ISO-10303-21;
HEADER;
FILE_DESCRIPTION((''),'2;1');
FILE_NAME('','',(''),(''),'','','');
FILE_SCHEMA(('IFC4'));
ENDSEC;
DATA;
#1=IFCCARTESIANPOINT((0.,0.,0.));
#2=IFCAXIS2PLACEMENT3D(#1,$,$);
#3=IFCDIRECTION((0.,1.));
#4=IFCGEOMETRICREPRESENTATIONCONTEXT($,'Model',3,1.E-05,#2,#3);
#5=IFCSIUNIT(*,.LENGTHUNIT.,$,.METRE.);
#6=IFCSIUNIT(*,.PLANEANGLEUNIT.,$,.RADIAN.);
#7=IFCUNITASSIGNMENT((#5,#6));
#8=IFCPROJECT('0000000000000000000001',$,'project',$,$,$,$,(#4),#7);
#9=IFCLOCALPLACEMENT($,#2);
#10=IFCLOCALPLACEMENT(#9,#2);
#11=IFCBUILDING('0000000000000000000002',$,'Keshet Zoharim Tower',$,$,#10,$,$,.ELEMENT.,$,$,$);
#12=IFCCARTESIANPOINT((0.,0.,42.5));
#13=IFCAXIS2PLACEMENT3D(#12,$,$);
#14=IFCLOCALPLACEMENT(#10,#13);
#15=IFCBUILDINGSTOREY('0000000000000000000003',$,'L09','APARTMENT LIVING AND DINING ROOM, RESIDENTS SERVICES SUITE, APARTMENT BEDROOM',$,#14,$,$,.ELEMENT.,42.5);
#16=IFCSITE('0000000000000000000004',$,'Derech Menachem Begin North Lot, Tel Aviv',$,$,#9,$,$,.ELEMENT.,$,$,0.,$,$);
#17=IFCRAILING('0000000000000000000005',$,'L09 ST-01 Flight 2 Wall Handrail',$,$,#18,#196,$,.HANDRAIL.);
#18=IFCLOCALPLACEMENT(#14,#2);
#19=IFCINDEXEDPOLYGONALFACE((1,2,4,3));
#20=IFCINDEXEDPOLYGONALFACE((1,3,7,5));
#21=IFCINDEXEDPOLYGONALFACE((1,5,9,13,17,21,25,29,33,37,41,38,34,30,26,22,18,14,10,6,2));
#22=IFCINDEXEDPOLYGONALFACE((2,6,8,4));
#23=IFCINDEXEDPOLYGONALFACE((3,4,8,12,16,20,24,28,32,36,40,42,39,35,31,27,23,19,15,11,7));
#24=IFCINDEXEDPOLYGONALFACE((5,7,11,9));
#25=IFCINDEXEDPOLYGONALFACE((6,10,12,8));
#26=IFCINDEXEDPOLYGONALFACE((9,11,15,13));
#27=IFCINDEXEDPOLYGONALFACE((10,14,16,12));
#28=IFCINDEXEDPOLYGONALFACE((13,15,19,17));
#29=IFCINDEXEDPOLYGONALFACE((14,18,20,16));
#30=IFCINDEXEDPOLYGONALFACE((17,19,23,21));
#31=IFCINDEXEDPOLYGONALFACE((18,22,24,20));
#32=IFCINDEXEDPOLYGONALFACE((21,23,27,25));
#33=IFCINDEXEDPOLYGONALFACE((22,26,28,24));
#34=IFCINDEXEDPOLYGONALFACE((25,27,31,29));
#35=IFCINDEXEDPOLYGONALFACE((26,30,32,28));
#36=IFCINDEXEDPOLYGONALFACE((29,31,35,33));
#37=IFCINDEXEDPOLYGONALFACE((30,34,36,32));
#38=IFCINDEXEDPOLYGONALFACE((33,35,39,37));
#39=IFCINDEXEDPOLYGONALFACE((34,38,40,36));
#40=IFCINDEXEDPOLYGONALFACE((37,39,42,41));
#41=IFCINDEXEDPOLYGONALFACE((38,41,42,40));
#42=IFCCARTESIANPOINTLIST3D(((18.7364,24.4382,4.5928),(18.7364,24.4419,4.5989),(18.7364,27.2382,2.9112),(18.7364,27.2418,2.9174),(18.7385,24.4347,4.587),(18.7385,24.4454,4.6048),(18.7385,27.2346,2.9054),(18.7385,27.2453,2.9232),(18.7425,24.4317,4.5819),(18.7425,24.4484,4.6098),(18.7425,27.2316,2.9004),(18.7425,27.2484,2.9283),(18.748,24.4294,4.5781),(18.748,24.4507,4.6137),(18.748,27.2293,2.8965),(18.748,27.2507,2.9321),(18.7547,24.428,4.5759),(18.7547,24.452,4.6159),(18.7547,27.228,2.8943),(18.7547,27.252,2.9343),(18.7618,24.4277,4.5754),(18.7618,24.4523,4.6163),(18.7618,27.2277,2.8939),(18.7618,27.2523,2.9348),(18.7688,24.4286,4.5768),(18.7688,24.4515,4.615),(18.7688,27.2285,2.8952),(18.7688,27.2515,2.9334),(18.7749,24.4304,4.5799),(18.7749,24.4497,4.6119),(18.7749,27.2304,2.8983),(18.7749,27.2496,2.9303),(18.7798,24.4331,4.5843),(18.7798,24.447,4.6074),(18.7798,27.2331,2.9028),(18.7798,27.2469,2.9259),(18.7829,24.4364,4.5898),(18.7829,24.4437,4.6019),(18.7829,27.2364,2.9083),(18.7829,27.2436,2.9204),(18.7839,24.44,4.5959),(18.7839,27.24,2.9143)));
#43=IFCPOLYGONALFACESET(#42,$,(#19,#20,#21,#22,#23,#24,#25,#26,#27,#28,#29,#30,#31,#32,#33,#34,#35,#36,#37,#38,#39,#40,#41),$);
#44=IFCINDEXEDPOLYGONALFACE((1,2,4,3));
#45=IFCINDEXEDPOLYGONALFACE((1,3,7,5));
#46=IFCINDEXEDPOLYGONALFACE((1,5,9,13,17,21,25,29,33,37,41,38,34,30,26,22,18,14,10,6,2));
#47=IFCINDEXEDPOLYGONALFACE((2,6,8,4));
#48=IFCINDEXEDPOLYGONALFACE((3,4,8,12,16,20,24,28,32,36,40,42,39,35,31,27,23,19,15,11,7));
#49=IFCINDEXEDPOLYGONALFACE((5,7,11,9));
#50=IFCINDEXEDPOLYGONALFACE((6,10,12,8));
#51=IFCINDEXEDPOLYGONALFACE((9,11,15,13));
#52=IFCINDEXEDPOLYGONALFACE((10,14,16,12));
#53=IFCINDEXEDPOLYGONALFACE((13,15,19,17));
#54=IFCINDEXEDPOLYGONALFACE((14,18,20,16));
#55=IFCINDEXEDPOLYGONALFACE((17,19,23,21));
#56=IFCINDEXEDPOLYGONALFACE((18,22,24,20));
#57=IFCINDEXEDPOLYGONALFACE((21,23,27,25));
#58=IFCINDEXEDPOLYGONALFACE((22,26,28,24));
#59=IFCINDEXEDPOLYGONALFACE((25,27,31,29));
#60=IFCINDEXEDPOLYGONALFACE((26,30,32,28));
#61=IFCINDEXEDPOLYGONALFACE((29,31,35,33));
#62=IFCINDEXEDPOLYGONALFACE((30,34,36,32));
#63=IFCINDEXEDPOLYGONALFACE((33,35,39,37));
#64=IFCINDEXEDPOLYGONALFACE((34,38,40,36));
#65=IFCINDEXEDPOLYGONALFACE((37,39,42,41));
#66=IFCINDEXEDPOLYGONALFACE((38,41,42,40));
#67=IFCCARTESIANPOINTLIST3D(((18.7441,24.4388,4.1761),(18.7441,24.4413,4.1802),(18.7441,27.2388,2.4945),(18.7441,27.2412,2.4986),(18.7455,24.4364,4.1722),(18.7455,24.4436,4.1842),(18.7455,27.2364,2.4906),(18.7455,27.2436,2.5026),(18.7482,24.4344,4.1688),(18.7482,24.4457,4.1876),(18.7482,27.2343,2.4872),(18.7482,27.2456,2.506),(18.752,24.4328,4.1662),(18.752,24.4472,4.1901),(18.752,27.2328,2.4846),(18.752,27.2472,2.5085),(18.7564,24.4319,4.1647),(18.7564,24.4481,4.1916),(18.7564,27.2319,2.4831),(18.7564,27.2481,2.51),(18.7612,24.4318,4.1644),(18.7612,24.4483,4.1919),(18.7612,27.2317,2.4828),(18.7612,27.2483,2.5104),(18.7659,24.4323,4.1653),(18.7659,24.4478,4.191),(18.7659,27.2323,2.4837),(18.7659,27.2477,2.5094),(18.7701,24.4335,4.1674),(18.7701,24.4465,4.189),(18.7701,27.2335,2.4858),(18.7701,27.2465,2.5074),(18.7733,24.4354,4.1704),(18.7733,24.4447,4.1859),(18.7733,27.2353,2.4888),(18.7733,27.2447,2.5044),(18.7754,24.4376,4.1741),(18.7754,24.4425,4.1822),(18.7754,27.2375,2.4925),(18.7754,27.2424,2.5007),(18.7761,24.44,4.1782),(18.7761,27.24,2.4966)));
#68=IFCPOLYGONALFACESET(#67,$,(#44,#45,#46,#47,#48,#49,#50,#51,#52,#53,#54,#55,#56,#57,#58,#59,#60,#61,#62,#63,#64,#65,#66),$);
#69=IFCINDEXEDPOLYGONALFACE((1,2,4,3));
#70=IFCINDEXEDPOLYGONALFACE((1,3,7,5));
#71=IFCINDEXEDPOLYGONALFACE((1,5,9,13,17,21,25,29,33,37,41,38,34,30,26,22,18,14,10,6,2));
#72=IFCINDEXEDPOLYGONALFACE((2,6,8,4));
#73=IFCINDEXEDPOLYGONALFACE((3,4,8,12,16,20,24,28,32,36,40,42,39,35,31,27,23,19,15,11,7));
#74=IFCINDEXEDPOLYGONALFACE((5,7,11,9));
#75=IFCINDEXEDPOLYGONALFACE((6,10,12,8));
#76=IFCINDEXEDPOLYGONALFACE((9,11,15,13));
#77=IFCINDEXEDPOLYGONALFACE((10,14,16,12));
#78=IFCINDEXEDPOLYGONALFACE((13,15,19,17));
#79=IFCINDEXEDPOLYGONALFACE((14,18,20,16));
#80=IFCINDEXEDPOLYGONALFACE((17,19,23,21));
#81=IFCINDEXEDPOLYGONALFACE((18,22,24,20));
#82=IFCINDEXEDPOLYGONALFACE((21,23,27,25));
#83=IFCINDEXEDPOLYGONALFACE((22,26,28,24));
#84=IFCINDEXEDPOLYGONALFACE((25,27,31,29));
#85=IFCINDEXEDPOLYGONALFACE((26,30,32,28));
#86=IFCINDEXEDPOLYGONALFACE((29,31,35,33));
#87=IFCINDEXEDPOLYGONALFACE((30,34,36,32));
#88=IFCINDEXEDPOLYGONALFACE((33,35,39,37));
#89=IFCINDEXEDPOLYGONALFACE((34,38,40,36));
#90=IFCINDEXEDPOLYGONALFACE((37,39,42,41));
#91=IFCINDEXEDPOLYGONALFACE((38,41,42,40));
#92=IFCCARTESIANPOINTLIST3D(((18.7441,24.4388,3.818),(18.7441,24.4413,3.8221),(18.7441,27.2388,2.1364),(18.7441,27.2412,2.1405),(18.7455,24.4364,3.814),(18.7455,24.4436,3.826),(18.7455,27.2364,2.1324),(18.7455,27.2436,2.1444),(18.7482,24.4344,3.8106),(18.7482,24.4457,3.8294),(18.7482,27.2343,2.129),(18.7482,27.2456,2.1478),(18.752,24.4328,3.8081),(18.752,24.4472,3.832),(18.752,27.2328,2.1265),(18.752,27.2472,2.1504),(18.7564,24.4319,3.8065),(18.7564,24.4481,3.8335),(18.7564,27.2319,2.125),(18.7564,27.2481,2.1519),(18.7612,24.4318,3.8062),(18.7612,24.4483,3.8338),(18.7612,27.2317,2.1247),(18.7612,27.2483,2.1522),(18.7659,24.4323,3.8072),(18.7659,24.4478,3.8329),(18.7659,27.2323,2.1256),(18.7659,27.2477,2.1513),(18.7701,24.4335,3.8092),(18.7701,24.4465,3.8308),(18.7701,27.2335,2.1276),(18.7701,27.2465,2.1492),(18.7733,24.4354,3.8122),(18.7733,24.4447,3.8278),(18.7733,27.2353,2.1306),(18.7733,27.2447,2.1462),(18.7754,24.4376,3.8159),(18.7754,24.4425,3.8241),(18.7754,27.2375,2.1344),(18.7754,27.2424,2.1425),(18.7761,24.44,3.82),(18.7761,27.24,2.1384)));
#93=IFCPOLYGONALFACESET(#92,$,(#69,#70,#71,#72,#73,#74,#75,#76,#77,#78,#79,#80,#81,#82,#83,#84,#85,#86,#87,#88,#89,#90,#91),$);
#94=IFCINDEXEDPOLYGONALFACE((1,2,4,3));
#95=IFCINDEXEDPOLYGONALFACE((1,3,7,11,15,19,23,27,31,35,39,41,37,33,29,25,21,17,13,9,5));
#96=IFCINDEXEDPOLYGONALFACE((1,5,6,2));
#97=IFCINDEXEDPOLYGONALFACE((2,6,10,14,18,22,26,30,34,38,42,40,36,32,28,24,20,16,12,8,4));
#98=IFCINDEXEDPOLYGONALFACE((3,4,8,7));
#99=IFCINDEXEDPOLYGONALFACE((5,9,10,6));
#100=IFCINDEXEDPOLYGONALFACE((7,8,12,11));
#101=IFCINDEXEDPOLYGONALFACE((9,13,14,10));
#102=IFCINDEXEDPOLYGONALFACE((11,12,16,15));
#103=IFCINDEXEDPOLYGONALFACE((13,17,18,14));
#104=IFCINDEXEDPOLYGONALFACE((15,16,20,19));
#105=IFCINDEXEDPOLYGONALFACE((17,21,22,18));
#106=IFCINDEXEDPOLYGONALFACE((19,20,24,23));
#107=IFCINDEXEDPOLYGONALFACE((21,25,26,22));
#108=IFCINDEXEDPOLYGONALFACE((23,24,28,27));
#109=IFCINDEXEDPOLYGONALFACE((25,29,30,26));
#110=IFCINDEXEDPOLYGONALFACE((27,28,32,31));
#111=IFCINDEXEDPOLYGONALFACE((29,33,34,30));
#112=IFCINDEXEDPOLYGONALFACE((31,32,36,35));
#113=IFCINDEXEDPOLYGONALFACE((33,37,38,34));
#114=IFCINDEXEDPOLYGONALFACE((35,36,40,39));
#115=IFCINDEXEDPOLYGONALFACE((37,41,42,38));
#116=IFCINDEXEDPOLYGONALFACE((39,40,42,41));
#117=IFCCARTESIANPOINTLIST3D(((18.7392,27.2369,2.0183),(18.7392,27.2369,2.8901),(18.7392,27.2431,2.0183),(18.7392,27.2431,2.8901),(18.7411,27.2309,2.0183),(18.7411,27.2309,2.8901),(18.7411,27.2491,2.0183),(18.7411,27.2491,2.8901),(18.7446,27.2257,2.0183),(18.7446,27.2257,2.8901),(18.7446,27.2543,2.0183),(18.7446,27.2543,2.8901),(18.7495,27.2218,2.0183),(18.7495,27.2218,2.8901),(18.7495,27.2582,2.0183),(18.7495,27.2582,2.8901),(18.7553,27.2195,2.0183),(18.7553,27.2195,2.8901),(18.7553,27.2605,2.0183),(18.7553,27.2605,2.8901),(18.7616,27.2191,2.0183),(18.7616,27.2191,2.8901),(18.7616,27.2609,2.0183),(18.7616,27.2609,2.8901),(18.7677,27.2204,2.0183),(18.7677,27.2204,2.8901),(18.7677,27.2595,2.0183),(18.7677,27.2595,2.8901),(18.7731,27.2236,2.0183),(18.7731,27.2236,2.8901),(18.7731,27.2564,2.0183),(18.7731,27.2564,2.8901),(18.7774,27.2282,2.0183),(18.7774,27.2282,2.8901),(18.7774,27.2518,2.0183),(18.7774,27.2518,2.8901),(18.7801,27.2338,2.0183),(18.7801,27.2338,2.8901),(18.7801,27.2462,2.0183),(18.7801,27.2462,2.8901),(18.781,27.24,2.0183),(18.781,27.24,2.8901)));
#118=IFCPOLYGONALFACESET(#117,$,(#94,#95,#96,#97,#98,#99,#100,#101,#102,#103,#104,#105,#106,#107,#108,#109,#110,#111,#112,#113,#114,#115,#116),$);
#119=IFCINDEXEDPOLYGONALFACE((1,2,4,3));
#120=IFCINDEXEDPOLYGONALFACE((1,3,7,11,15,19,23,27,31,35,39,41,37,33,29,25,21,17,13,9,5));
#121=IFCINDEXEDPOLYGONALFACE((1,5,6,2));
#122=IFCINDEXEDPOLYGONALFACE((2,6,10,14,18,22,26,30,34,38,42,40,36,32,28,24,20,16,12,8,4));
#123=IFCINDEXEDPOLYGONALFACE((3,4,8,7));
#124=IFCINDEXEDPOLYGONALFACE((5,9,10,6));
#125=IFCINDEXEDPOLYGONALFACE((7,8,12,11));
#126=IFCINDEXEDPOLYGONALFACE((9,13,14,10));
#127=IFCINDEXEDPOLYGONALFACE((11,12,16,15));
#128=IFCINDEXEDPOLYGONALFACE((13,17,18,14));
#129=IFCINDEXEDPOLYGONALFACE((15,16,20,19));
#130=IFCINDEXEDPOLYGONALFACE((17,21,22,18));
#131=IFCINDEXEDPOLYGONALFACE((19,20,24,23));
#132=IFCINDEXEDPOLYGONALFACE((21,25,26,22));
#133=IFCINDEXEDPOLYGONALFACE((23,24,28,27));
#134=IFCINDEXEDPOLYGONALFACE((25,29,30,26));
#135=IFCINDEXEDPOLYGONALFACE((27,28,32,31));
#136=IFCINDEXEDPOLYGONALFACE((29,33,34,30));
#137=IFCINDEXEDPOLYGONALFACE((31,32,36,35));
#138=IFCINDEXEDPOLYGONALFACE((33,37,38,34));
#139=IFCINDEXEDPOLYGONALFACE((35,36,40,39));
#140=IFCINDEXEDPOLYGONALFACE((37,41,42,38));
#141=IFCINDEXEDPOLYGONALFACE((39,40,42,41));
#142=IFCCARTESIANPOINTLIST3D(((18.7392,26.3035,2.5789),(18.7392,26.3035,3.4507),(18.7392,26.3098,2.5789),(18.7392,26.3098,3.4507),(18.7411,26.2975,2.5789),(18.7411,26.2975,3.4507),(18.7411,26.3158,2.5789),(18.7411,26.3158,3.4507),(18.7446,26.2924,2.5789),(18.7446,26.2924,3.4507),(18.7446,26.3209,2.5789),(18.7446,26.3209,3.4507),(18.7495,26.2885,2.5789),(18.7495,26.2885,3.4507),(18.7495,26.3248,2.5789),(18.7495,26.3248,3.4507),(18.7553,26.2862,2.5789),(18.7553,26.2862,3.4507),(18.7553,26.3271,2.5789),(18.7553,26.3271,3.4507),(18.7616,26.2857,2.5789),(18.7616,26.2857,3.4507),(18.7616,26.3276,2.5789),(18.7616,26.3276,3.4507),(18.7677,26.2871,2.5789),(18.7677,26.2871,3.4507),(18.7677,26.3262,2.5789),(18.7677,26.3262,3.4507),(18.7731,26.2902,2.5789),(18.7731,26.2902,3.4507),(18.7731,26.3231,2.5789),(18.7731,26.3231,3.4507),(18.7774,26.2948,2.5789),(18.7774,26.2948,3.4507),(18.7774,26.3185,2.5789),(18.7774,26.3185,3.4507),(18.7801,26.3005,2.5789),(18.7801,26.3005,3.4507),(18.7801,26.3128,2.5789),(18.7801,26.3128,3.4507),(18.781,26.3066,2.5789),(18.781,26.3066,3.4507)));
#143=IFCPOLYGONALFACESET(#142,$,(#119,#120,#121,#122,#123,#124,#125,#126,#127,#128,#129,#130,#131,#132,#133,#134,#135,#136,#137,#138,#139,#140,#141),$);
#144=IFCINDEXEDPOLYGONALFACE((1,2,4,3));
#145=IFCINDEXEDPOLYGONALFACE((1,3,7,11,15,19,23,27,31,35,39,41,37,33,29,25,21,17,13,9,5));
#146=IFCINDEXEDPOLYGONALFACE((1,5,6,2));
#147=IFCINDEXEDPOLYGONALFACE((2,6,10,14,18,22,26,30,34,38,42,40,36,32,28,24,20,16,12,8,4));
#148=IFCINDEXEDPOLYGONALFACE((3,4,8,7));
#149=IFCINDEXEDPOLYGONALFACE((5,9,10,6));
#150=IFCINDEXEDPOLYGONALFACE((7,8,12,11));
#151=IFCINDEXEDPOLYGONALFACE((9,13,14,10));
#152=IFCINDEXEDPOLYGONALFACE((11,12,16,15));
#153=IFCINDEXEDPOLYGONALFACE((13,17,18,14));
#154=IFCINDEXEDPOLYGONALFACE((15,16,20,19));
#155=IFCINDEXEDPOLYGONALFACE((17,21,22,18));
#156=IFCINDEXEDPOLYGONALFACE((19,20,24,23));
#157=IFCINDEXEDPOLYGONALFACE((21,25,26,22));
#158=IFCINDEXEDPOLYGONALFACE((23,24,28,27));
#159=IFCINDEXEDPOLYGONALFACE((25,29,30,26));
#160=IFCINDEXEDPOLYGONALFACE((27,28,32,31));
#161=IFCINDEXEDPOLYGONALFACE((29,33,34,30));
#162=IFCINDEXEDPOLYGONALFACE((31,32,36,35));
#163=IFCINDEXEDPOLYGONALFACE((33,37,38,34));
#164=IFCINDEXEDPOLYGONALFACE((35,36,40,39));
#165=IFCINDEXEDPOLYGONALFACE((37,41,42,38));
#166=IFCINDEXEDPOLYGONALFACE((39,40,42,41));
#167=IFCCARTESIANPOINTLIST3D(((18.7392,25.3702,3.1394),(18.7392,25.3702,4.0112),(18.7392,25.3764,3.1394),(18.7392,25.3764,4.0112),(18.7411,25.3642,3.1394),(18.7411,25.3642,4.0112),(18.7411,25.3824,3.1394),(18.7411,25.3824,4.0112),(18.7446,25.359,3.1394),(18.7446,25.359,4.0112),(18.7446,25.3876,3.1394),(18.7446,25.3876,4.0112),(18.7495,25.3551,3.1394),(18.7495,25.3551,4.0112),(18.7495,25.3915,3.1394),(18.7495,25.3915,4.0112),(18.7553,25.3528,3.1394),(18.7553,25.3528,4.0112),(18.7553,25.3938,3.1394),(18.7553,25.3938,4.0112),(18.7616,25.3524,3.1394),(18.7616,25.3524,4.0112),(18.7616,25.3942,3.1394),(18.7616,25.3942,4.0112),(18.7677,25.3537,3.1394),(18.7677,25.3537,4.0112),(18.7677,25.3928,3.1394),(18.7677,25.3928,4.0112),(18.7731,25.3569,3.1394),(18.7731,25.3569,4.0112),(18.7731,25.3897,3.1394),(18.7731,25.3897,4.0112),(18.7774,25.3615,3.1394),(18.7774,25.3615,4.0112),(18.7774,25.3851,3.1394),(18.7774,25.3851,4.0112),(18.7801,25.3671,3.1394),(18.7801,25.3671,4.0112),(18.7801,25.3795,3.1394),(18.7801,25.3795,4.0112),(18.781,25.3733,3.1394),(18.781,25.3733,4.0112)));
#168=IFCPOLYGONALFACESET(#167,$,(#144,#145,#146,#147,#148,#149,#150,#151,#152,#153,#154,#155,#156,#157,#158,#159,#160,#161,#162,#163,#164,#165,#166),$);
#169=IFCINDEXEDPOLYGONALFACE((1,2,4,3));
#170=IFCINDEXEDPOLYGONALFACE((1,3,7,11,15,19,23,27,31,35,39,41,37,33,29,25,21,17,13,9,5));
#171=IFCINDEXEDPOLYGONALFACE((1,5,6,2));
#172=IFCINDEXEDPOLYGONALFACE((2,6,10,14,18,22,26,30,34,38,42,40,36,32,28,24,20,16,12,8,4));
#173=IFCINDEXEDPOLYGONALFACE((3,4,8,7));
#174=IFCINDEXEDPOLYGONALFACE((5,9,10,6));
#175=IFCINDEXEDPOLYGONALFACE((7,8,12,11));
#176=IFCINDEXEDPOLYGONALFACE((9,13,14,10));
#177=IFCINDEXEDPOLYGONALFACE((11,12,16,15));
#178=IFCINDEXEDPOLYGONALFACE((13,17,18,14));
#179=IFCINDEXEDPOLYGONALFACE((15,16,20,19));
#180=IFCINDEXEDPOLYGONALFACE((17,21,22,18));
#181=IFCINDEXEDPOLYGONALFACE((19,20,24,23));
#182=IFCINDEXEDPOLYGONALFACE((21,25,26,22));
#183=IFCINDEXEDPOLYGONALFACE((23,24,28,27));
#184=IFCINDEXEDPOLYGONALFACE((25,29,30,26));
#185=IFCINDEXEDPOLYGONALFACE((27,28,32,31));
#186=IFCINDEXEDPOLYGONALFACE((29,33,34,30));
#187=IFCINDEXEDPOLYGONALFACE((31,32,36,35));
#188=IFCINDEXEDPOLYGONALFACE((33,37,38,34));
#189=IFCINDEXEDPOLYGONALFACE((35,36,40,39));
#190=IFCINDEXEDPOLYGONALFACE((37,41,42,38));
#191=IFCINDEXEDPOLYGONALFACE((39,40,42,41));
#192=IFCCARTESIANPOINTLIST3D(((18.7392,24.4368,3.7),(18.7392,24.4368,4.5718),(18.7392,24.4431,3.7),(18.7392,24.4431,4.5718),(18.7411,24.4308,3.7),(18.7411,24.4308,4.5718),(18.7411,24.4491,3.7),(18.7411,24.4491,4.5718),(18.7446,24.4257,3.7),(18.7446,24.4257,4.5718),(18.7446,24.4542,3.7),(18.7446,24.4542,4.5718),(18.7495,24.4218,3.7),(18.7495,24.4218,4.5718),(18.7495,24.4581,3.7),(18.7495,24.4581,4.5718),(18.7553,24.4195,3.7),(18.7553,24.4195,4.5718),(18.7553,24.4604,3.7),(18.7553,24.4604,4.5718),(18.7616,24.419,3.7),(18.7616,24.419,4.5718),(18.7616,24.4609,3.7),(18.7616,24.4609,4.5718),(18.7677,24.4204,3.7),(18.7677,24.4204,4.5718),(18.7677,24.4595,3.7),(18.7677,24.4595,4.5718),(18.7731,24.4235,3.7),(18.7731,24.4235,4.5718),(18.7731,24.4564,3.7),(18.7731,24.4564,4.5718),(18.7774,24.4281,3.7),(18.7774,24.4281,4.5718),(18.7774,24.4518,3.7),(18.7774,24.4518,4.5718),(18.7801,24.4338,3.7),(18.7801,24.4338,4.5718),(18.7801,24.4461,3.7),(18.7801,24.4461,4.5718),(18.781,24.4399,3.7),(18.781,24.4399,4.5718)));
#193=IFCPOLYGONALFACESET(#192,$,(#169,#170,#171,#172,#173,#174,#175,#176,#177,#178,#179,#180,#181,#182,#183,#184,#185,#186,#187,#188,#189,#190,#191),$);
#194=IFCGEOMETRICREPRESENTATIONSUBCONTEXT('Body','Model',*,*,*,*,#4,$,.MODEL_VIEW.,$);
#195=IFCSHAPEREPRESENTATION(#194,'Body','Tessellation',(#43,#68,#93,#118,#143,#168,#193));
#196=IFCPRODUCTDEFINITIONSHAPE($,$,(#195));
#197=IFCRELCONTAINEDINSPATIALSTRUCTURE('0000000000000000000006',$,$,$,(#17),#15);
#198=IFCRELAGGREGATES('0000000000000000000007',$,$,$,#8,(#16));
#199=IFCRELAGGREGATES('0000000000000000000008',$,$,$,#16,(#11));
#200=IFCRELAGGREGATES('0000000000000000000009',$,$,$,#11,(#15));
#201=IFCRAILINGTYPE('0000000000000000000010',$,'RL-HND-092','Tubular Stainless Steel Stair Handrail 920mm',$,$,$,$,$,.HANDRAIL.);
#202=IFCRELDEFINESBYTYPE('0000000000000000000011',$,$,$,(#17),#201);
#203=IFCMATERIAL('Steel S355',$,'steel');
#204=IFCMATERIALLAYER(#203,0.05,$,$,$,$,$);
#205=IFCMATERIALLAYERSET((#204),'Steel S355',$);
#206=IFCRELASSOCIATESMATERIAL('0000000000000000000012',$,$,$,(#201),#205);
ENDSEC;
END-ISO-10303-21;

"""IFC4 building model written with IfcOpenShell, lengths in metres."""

from ifc_helpers import new_model, si_unit, direction, frame, origin, origin_2d, place, context, subcontext, project, spatial, circle, extrude, material, layer, layer_set, type_object, element, save


model = new_model("IFC4")

# Units and contexts
model_context = context("Model", 3, precision=1e-05, world=origin(), true_north=direction((0.0, 1.0)))
body_context = subcontext(model_context, "Body", "Model", "MODEL_VIEW")
ifc_project = project(units=[si_unit("LENGTHUNIT", "METRE"), si_unit("PLANEANGLEUNIT", "RADIAN")], contexts=[model_context])

# Site, building, storey
site_placement = place(None, origin())
site = spatial("IfcSite", under=ifc_project, at=site_placement, Name="Derech Menachem Begin North Lot, Tel Aviv", CompositionType="ELEMENT", RefElevation=0.0)
building_placement = place(site_placement, origin())
building = spatial("IfcBuilding", under=site, at=building_placement, Name="Keshet Zoharim Tower", CompositionType="ELEMENT")
storey_placement = place(building_placement, frame((0.0, 0.0, 42.5)))
storey = spatial("IfcBuildingStorey", under=building, at=storey_placement, Name="L09", Description="APARTMENT LIVING AND DINING ROOM, RESIDENTS SERVICES SUITE, APARTMENT BEDROOM", CompositionType="ELEMENT", Elevation=42.5)

# Railing
ifc_material_1 = material(Name="Steel S355", Category="steel")
ifc_layer_1 = layer(ifc_material_1, 0.05)
ifc_layer_set_1 = layer_set([ifc_layer_1], Name="Steel S355")
railing_type_1 = type_object("IfcRailingType", Name="RL-HND-092", Description="Tubular Stainless Steel Stair Handrail 920mm", PredefinedType="HANDRAIL", material=ifc_layer_set_1)
railing_1_placement = place(storey_placement, frame((18.76, 27.24, 2.0183)))
element("IfcRailing", 1, at=railing_1_placement, inside=storey, type_object=railing_type_1, Name="L09 ST-01 Flight 2 Wall Handrail", PredefinedType="HANDRAIL", context=body_context, shape_type="SweptSolid", body=[
    extrude(circle(Radius=0.0239, at=origin_2d()), frame((0.0, 0.0, 0.896), z_axis=(0.0, -0.857275, 0.514858), x_axis=(1.0, 0.0, 0.0)), (0.0, 0.0, 1.0), 3.2661),
    extrude(circle(Radius=0.0161, at=origin_2d()), frame((0.0, 0.0, 0.4783), z_axis=(0.0, -0.857275, 0.514858), x_axis=(1.0, 0.0, 0.0)), (0.0, 0.0, 1.0), 3.2661),
    extrude(circle(Radius=0.0161, at=origin_2d()), frame((0.0, 0.0, 0.1201), z_axis=(0.0, -0.857275, 0.514858), x_axis=(1.0, 0.0, 0.0)), (0.0, 0.0, 1.0), 3.2661),
    extrude(circle(Radius=0.021, at=origin_2d()), origin(), (0.0, 0.0, 1.0), 0.8718),
    extrude(circle(Radius=0.021, at=origin_2d()), frame((0.0, -0.9333, 0.5605)), (0.0, 0.0, 1.0), 0.8718),
    extrude(circle(Radius=0.021, at=origin_2d()), frame((0.0, -1.8667, 1.1211)), (0.0, 0.0, 1.0), 0.8718),
    extrude(circle(Radius=0.021, at=origin_2d()), frame((0.0, -2.8, 1.6816)), (0.0, 0.0, 1.0), 0.8718),
])

save(model, "model.ifc")
